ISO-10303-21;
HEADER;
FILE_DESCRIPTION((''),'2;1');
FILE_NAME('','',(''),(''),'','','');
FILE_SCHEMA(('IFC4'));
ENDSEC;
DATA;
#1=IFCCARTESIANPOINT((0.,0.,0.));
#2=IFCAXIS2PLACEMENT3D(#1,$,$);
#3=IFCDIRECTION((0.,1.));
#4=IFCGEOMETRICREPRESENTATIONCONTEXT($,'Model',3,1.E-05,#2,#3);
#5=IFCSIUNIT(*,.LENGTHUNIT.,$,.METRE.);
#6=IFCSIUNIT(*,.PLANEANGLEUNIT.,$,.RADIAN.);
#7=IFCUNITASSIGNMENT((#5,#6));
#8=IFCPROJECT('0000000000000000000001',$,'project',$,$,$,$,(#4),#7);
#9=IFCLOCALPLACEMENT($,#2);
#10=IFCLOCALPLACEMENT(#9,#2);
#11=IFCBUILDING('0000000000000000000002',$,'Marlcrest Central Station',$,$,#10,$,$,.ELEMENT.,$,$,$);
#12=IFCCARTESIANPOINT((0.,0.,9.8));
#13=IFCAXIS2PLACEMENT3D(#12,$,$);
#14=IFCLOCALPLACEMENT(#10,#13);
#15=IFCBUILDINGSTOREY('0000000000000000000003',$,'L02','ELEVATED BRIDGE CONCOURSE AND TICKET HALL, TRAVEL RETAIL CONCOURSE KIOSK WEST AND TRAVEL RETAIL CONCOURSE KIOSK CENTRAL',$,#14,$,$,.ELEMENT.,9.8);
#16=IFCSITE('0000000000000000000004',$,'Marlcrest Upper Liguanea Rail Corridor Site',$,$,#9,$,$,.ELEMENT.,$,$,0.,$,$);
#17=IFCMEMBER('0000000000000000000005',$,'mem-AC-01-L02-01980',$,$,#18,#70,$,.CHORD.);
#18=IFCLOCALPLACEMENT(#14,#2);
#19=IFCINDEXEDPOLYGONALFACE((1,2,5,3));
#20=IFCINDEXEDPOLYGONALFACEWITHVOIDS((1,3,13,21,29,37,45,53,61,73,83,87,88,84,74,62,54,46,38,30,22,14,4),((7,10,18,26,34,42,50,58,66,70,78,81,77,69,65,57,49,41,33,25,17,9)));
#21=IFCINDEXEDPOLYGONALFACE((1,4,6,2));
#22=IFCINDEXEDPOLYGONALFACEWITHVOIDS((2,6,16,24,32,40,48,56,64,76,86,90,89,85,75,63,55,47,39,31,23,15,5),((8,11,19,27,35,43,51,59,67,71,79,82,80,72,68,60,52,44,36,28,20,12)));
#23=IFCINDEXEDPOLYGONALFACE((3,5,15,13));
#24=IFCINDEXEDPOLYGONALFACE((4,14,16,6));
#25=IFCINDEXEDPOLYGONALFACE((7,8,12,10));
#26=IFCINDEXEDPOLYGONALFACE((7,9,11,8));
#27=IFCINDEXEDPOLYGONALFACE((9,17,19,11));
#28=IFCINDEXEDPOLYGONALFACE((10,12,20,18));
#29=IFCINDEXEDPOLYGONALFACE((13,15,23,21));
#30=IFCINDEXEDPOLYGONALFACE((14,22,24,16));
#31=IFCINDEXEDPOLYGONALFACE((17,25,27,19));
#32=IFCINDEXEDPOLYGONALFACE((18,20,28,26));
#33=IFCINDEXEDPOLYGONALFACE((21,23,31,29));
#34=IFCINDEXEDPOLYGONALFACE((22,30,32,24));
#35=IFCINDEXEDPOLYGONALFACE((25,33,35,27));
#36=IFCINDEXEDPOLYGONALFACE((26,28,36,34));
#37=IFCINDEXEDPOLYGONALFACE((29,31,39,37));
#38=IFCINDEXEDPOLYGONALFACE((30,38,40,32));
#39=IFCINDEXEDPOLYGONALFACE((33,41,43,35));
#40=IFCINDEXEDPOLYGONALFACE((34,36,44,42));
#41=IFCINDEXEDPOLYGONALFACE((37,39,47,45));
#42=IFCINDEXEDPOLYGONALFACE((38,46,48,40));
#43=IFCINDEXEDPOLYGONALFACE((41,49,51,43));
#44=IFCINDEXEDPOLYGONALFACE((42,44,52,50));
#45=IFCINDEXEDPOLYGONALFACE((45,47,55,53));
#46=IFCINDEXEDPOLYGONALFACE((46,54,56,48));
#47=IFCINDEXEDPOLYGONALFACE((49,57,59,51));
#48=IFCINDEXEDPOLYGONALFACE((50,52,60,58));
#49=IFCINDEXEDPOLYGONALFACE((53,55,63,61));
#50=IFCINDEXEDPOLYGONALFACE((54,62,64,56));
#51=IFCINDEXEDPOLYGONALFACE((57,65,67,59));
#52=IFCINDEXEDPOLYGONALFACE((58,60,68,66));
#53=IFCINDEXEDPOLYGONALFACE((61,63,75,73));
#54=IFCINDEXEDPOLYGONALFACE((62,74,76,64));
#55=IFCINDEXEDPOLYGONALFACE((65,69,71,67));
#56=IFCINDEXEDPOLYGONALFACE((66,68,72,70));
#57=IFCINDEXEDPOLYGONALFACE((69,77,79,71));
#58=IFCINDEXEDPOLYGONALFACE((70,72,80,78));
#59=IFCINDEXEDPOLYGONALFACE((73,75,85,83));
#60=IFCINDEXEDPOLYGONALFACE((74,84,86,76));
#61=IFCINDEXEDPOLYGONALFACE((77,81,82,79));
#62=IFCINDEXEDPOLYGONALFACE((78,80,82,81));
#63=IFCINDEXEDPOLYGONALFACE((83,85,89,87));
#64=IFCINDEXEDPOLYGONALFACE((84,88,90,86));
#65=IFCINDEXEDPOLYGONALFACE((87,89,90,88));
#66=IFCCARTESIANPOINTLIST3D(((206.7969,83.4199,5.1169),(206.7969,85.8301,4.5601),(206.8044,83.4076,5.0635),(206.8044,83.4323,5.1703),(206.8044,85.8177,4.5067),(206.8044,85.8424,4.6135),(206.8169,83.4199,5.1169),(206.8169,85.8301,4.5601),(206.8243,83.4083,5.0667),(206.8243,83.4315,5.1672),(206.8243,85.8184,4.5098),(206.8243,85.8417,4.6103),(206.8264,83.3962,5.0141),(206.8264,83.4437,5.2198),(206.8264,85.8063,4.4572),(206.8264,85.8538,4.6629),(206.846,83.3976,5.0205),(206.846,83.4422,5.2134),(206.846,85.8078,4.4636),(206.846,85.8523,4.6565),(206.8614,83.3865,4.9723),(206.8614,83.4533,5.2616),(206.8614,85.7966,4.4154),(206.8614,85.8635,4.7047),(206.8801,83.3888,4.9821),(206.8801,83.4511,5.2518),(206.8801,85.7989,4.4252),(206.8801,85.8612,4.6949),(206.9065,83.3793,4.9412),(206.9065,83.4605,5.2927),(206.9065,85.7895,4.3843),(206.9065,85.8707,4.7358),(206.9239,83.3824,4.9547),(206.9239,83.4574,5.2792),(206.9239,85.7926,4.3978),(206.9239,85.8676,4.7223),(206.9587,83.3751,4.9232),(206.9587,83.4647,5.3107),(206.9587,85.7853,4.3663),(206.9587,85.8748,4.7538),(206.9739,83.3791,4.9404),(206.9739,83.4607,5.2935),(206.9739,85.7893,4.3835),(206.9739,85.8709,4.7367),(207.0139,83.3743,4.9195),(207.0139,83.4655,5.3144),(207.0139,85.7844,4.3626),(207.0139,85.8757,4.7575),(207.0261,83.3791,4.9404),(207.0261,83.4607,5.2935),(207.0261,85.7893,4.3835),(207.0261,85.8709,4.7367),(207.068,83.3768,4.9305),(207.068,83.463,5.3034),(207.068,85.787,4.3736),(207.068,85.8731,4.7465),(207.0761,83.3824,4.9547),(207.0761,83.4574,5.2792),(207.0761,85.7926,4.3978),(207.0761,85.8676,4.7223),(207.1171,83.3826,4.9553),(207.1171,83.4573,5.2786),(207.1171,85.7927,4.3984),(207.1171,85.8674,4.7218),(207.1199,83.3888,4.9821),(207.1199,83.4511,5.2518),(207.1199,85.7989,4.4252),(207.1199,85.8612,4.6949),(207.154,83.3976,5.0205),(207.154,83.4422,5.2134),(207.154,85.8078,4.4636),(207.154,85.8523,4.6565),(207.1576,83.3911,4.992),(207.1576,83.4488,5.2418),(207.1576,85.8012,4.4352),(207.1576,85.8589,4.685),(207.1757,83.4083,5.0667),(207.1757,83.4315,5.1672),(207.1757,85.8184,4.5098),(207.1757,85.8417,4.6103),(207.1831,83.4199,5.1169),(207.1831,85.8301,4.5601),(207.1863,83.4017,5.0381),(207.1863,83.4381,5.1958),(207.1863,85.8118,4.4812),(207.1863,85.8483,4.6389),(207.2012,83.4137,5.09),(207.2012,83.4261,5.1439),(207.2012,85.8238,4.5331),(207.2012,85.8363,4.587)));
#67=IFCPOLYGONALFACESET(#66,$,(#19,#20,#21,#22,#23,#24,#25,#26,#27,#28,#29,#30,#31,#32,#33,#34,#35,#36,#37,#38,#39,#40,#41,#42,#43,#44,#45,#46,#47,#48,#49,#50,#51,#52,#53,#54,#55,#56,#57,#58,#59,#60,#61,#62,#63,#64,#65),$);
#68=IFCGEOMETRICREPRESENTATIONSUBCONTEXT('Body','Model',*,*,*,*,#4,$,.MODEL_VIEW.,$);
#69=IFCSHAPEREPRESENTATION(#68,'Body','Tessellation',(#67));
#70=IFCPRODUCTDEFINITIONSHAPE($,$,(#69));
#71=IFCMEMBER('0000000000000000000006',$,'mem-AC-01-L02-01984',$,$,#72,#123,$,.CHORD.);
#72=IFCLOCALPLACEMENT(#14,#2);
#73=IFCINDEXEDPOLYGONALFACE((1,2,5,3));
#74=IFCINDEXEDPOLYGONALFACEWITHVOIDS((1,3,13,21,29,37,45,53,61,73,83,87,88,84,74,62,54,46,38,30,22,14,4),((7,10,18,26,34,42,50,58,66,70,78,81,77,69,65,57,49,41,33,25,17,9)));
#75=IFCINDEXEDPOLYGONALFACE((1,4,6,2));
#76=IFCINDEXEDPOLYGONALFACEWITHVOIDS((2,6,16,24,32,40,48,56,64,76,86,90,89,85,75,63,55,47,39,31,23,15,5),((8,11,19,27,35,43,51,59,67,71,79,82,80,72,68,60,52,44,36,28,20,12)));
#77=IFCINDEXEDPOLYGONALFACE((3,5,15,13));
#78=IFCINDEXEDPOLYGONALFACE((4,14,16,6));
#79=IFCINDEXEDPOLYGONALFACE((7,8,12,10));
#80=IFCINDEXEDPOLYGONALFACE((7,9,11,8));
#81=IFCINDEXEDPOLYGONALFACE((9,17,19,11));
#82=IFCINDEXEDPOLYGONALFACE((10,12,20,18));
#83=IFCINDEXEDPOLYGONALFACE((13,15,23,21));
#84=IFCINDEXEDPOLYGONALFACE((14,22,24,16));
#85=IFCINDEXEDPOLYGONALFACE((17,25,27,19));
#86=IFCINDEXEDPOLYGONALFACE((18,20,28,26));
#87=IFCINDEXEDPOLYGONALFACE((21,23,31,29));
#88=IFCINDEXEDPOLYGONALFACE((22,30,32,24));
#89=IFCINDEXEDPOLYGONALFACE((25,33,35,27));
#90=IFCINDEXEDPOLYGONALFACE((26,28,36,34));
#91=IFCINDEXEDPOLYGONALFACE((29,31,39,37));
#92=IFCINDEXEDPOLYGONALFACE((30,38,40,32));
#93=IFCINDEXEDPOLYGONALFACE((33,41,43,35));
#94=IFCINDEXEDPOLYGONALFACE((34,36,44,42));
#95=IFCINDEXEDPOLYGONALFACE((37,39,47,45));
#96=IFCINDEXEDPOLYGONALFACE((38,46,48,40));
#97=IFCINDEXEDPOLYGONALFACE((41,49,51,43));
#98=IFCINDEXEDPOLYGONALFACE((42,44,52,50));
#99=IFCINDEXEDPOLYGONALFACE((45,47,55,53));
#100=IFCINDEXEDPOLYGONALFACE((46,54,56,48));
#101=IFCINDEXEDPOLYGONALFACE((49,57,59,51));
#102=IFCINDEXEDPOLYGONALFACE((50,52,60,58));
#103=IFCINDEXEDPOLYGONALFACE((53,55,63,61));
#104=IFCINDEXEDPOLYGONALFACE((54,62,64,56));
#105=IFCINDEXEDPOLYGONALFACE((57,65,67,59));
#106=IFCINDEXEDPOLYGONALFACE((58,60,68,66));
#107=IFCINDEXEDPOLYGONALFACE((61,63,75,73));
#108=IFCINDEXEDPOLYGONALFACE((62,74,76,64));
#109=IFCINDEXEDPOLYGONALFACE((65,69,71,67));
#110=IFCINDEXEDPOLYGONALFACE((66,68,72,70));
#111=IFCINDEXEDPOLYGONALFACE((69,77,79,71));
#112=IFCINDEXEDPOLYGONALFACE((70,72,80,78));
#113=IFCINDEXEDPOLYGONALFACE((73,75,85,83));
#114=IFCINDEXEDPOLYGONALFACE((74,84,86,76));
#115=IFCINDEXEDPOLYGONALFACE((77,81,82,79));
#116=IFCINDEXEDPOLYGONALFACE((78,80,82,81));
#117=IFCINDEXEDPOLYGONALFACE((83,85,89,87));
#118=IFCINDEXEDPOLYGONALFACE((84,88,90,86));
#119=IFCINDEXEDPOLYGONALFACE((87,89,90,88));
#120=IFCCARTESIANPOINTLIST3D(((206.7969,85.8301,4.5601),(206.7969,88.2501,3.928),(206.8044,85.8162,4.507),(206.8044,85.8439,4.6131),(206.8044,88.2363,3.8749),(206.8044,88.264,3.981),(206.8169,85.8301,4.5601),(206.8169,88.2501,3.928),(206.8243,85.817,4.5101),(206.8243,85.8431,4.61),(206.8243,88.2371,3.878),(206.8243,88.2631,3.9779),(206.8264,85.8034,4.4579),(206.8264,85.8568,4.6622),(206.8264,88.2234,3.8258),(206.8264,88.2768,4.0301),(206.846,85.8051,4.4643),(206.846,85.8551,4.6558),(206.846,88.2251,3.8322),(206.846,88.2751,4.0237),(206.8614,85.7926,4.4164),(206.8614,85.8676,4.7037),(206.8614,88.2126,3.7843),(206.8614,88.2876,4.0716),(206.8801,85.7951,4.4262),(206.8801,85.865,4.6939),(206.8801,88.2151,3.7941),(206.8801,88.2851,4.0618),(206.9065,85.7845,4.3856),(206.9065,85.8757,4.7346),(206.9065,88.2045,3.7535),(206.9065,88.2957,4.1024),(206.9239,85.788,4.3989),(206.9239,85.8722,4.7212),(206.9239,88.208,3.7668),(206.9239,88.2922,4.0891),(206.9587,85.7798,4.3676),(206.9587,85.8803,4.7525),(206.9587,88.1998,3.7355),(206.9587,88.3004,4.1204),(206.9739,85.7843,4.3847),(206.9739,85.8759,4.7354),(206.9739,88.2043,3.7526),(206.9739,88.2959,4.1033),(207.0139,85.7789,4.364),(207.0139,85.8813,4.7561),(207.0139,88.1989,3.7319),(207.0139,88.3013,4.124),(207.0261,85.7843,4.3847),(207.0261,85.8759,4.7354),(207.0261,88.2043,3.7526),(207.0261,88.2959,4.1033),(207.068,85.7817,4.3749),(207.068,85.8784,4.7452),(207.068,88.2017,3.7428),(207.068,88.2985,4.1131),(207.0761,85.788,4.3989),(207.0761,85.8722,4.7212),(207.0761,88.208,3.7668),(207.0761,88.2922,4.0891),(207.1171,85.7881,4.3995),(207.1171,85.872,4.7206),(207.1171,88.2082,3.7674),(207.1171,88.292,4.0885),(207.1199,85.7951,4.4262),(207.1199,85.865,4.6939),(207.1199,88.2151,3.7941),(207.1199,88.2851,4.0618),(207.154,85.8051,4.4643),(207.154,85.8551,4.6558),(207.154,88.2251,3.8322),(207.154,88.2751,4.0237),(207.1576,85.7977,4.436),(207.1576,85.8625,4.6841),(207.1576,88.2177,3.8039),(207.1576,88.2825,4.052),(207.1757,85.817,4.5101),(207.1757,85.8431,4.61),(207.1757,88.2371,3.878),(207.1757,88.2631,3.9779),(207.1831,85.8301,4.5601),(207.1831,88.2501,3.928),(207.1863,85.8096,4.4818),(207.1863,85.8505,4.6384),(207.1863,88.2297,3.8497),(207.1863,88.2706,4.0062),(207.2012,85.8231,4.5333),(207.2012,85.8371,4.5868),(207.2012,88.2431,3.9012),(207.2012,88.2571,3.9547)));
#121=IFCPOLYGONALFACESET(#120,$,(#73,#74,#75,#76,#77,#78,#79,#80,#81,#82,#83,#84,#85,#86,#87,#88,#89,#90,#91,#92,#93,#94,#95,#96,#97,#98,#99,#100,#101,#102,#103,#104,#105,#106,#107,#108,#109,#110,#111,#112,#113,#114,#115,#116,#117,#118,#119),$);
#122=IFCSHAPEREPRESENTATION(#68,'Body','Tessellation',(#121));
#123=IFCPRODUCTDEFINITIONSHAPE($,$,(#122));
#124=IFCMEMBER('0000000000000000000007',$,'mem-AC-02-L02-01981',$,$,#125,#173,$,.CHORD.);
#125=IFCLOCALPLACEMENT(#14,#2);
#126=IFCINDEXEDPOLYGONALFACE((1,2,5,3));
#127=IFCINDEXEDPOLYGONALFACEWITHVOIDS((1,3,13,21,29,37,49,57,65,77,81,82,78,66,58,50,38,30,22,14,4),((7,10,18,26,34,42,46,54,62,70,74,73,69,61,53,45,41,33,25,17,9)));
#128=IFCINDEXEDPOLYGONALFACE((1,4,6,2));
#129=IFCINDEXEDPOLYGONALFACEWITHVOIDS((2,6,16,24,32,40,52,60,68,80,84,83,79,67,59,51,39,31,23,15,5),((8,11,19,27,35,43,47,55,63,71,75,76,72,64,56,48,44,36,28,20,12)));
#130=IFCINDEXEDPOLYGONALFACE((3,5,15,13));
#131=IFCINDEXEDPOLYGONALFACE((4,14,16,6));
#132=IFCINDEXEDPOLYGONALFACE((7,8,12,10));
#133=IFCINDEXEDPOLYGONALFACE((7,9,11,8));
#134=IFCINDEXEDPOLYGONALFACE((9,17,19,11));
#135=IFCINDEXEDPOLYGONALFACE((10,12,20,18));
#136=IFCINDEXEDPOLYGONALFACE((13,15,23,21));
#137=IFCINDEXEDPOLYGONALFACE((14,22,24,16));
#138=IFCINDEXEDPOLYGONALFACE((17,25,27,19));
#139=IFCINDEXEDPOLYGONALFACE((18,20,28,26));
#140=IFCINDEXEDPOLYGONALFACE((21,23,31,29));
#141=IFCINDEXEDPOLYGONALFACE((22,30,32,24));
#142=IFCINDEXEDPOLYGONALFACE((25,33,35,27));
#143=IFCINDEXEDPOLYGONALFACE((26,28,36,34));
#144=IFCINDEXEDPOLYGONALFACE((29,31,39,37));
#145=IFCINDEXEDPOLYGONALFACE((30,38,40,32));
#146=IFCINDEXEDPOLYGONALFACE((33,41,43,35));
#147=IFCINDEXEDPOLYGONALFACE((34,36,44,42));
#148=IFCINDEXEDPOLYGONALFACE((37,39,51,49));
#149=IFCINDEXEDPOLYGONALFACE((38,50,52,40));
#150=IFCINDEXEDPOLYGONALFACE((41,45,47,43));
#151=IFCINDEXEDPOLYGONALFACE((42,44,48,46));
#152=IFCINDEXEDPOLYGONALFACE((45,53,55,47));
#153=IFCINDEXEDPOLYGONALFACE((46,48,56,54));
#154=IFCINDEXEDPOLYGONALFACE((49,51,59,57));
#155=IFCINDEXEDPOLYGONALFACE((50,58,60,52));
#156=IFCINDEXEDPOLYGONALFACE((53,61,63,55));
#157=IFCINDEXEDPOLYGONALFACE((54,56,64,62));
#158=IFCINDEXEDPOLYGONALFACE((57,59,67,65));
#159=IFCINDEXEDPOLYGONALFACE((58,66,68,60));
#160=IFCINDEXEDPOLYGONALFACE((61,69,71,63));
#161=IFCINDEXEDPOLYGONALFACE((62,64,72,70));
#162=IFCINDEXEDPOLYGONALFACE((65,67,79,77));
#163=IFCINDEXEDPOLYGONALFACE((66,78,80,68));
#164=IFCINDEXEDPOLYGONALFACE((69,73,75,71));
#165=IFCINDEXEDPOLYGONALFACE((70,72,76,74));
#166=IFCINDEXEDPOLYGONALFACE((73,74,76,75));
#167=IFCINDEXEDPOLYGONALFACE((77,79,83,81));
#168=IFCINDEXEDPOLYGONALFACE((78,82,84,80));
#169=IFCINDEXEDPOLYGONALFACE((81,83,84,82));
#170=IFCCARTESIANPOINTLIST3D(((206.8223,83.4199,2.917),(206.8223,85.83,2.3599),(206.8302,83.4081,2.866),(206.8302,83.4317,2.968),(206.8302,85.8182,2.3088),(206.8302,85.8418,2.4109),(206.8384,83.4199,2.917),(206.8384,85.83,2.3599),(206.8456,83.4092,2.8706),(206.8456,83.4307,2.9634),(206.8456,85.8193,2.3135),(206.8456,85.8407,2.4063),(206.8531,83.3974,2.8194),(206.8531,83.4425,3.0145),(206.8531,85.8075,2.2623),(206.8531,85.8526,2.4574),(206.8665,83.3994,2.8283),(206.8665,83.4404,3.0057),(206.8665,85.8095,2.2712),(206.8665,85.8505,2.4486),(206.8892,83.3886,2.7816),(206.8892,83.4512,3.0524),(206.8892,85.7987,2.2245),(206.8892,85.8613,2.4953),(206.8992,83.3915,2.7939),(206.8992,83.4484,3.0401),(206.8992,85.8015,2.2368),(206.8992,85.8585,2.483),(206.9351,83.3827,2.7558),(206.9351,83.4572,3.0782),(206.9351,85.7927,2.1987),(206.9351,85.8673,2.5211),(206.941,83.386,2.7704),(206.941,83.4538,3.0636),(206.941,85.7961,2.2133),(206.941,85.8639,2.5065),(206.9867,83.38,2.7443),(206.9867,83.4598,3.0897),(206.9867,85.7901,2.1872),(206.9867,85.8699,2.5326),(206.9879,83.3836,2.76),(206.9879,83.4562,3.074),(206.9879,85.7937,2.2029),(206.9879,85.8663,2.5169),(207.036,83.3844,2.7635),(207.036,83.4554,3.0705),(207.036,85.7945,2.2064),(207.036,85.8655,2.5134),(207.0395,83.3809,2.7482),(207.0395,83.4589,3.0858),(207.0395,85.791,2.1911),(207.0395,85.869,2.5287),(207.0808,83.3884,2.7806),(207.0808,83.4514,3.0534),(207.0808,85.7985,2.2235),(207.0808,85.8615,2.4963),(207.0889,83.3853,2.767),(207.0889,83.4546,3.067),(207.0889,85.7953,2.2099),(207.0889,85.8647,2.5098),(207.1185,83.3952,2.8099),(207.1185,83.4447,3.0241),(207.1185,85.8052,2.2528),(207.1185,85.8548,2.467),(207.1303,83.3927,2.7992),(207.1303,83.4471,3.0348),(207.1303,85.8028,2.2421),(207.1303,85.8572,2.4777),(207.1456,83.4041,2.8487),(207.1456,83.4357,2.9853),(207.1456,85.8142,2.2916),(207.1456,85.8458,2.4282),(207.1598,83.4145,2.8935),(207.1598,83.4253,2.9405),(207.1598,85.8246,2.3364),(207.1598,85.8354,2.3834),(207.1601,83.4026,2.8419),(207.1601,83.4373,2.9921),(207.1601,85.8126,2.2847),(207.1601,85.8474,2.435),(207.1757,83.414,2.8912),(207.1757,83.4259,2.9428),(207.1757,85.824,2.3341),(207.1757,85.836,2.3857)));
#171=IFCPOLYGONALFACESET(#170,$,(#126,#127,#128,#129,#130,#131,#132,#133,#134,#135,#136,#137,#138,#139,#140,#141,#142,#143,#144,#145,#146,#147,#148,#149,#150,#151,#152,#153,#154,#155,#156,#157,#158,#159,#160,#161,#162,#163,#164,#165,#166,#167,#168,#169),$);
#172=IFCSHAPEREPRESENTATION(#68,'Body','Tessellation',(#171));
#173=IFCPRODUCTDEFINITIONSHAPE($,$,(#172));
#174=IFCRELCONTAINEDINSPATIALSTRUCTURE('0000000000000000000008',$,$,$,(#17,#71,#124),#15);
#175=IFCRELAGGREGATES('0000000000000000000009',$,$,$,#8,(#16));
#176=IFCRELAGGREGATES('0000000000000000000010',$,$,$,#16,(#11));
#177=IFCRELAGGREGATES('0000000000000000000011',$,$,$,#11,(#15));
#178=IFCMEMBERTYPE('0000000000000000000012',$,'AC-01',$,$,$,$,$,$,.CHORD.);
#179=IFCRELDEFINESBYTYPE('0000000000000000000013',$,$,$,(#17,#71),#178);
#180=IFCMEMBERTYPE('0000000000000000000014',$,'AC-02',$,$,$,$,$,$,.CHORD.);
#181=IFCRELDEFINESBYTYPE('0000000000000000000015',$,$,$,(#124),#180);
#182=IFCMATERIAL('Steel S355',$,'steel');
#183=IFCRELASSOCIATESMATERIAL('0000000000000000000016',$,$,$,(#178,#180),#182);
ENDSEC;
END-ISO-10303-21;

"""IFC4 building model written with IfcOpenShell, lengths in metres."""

from ifc_helpers import new_model, si_unit, direction, frame, origin, origin_2d, place, context, subcontext, project, spatial, hollow_circle, extrude, material, material_profile, profile_set, type_object, element, save


model = new_model("IFC4")

# Units and contexts
model_context = context("Model", 3, precision=1e-05, world=origin(), true_north=direction((0.0, 1.0)))
body_context = subcontext(model_context, "Body", "Model", "MODEL_VIEW")
ifc_project = project(units=[si_unit("LENGTHUNIT", "METRE"), si_unit("PLANEANGLEUNIT", "RADIAN")], contexts=[model_context])

# Site, building, storey
site_placement = place(None, origin())
site = spatial("IfcSite", under=ifc_project, at=site_placement, Name="Marlcrest Upper Liguanea Rail Corridor Site", CompositionType="ELEMENT", RefElevation=0.0)
building_placement = place(site_placement, origin())
building = spatial("IfcBuilding", under=site, at=building_placement, Name="Marlcrest Central Station", CompositionType="ELEMENT")
storey_placement = place(building_placement, frame((0.0, 0.0, 9.8)))
storey = spatial("IfcBuildingStorey", under=building, at=storey_placement, Name="L02", Description="ELEVATED BRIDGE CONCOURSE AND TICKET HALL, TRAVEL RETAIL CONCOURSE KIOSK WEST AND TRAVEL RETAIL CONCOURSE KIOSK CENTRAL", CompositionType="ELEMENT", Elevation=9.8)

# Members
ifc_material_1 = material(Name="Steel S355", Category="steel")
ifc_material_profile_1 = material_profile(ifc_material_1, hollow_circle(Radius=0.2031, WallThickness=0.02, at=origin_2d()), Name="CHS 406.4x20")
ifc_profile_set_1 = profile_set([ifc_material_profile_1], Name="Steel S355")
member_type_1 = type_object("IfcMemberType", Name="AC-01", PredefinedType="CHORD", material=ifc_profile_set_1)
member_1_placement = place(storey_placement, frame((207.0, 83.4199, 5.1169), z_axis=(0.0, 0.97433, -0.225126), x_axis=(-1.0, 0.0, 0.0)))
element("IfcMember", 1, at=member_1_placement, inside=storey, type_object=member_type_1, Name="mem-AC-01-L02-01980", PredefinedType="CHORD", context=body_context, shape_type="SweptSolid", body=[
    extrude(hollow_circle(Radius=0.2031, WallThickness=0.02, at=origin_2d()), origin(), (0.0, 0.0, 1.0), 2.4736),
])
member_2_placement = place(storey_placement, frame((207.0, 85.8301, 4.5601), z_axis=(0.0, 0.967539, -0.25272), x_axis=(-1.0, 0.0, 0.0)))
element("IfcMember", 2, at=member_2_placement, inside=storey, type_object=member_type_1, Name="mem-AC-01-L02-01984", PredefinedType="CHORD", context=body_context, shape_type="SweptSolid", body=[
    extrude(hollow_circle(Radius=0.2031, WallThickness=0.02, at=origin_2d()), origin(), (0.0, 0.0, 1.0), 2.5012),
])
ifc_material_profile_2 = material_profile(ifc_material_1, hollow_circle(Radius=0.1777, WallThickness=0.0161, at=origin_2d()), Name="CHS 355.6x16")
ifc_profile_set_2 = profile_set([ifc_material_profile_2], Name="Steel S355")
member_type_2 = type_object("IfcMemberType", Name="AC-02", PredefinedType="CHORD", material=ifc_profile_set_2)
member_3_placement = place(storey_placement, frame((207.0, 83.4199, 2.917), z_axis=(0.0, 0.974308, -0.22522), x_axis=(-1.0, 0.0, 0.0)))
element("IfcMember", 3, at=member_3_placement, inside=storey, type_object=member_type_2, Name="mem-AC-02-L02-01981", PredefinedType="CHORD", context=body_context, shape_type="SweptSolid", body=[
    extrude(hollow_circle(Radius=0.1777, WallThickness=0.0161, at=origin_2d()), origin(), (0.0, 0.0, 1.0), 2.4736),
])

save(model, "model.ifc")
